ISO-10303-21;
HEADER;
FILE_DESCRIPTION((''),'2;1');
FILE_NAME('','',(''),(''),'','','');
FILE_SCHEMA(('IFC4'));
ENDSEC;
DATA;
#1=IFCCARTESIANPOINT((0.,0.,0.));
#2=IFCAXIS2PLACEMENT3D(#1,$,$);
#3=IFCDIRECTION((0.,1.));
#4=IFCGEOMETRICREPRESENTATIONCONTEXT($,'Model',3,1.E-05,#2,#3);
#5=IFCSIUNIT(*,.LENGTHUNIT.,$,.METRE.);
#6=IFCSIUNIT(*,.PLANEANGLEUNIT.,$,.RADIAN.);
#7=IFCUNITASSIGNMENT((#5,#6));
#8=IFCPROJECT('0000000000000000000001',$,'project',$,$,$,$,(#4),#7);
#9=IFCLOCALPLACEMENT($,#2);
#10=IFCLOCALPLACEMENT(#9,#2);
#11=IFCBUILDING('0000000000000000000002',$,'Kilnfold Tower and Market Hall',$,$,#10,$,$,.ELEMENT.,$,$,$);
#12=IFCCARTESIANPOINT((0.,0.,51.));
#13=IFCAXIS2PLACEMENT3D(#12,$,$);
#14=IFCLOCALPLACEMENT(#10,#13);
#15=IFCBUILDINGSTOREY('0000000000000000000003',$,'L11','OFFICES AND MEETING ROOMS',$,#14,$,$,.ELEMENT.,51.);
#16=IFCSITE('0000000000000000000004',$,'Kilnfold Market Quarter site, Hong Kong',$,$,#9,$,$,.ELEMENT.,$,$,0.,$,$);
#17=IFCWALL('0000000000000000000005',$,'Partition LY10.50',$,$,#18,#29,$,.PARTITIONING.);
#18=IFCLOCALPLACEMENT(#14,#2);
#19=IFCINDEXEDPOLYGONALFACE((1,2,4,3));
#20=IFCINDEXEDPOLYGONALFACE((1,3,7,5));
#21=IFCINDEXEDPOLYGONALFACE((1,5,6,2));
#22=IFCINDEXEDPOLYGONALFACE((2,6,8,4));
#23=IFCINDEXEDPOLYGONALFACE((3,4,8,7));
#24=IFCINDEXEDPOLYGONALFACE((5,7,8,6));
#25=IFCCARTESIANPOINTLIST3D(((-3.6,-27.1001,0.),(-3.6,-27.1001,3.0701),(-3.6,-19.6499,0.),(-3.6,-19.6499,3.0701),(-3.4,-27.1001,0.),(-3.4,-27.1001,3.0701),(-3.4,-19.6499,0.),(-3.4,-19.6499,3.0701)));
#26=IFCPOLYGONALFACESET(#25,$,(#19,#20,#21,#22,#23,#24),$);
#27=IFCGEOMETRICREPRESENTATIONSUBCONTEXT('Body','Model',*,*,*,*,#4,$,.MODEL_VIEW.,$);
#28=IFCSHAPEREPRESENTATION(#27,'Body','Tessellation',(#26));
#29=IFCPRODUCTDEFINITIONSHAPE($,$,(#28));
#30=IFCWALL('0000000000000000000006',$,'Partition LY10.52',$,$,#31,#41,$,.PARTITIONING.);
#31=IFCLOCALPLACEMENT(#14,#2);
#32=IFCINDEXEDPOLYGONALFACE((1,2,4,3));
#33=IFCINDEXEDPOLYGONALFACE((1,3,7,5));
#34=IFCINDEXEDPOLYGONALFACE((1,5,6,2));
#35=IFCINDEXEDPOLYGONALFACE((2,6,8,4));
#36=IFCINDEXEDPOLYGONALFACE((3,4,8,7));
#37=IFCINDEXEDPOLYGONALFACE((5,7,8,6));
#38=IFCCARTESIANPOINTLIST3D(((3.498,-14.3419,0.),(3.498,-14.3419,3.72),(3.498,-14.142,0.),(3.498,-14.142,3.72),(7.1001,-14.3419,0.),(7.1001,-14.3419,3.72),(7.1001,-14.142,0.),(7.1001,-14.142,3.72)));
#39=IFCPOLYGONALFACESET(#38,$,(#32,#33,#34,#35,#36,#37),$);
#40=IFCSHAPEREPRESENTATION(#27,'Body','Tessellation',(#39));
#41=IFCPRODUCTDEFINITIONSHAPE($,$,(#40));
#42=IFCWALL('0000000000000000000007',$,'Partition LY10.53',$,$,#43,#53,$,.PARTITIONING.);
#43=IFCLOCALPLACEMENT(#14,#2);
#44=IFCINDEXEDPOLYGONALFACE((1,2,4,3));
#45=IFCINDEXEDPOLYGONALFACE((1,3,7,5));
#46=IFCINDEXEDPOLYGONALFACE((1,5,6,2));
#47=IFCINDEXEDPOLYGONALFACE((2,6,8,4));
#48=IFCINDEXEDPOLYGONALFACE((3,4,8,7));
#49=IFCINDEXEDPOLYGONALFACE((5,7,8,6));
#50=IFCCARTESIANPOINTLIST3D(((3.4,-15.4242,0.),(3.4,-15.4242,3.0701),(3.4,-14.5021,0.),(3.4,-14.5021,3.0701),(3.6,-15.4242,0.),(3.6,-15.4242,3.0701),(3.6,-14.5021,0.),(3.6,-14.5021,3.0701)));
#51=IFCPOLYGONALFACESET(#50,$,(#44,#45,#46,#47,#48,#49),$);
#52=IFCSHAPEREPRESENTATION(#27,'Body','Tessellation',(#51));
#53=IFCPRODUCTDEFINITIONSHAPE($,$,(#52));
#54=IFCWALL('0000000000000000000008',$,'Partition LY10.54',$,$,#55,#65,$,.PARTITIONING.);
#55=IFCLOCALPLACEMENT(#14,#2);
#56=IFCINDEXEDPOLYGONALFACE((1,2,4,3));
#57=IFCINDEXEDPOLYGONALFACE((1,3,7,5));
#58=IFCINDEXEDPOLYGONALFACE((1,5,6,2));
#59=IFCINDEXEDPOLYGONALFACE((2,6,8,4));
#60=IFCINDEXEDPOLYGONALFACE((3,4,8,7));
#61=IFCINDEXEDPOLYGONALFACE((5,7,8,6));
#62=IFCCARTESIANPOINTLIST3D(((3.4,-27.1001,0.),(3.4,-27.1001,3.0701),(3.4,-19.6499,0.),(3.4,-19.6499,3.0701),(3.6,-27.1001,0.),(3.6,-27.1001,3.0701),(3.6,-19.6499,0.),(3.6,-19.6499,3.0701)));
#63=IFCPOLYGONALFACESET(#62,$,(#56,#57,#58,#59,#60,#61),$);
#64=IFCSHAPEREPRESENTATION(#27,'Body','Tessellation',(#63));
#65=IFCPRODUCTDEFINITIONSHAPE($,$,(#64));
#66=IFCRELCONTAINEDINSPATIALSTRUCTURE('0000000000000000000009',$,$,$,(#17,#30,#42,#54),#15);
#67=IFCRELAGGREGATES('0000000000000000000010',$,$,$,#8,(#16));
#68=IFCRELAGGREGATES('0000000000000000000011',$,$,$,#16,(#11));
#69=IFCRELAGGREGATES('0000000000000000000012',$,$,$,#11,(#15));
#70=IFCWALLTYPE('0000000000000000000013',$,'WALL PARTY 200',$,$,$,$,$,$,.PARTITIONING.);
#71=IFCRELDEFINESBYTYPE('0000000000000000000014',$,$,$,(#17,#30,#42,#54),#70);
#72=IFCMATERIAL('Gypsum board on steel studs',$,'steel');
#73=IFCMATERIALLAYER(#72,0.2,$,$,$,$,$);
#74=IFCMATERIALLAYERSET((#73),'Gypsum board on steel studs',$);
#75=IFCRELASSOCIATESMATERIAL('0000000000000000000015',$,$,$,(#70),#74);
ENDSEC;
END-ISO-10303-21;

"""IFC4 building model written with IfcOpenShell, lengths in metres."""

from ifc_helpers import new_model, si_unit, direction, frame, frame_2d, origin, place, context, subcontext, project, spatial, rectangle, extrude, material, layer, layer_set, type_object, element, save


model = new_model("IFC4")

# Units and contexts
model_context = context("Model", 3, precision=1e-05, world=origin(), true_north=direction((0.0, 1.0)))
body_context = subcontext(model_context, "Body", "Model", "MODEL_VIEW")
ifc_project = project(units=[si_unit("LENGTHUNIT", "METRE"), si_unit("PLANEANGLEUNIT", "RADIAN")], contexts=[model_context])

# Site, building, storey
site_placement = place(None, origin())
site = spatial("IfcSite", under=ifc_project, at=site_placement, Name="Kilnfold Market Quarter site, Hong Kong", CompositionType="ELEMENT", RefElevation=0.0)
building_placement = place(site_placement, origin())
building = spatial("IfcBuilding", under=site, at=building_placement, Name="Kilnfold Tower and Market Hall", CompositionType="ELEMENT")
storey_placement = place(building_placement, frame((0.0, 0.0, 51.0)))
storey = spatial("IfcBuildingStorey", under=building, at=storey_placement, Name="L11", Description="OFFICES AND MEETING ROOMS", CompositionType="ELEMENT", Elevation=51.0)

# Walls
ifc_material_1 = material(Name="Gypsum board on steel studs", Category="steel")
ifc_layer_1 = layer(ifc_material_1, 0.2)
ifc_layer_set_1 = layer_set([ifc_layer_1], Name="Gypsum board on steel studs")
wall_type_1 = type_object("IfcWallType", Name="WALL PARTY 200", PredefinedType="PARTITIONING", material=ifc_layer_set_1)
wall_1_placement = place(storey_placement, frame((-3.5, -27.1001, 0.0), z_axis=(0.0, 0.0, 1.0), x_axis=(0.0, 1.0, 0.0)))
element("IfcWall", 1, at=wall_1_placement, inside=storey, type_object=wall_type_1, Name="Partition LY10.50", PredefinedType="PARTITIONING", context=body_context, shape_type="SweptSolid", body=[
    extrude(rectangle(XDim=7.4502, YDim=0.2, at=frame_2d((3.7251, 0.0))), origin(), (0.0, 0.0, 1.0), 3.0701),
])
wall_2_placement = place(storey_placement, frame((3.498, -14.2419, 0.0), z_axis=(0.0, 0.0, 1.0), x_axis=(1.0, 0.0, 0.0)))
element("IfcWall", 2, at=wall_2_placement, inside=storey, type_object=wall_type_1, Name="Partition LY10.52", PredefinedType="PARTITIONING", context=body_context, shape_type="SweptSolid", body=[
    extrude(rectangle(XDim=3.6021, YDim=0.2, at=frame_2d((1.801, 0.0))), origin(), (0.0, 0.0, 1.0), 3.72),
])
wall_3_placement = place(storey_placement, frame((3.5, -15.4241, 0.0), z_axis=(0.0, 0.0, 1.0), x_axis=(0.0, 1.0, 0.0)))
element("IfcWall", 3, at=wall_3_placement, inside=storey, type_object=wall_type_1, Name="Partition LY10.53", PredefinedType="PARTITIONING", context=body_context, shape_type="SweptSolid", body=[
    extrude(rectangle(XDim=0.9221, YDim=0.2, at=frame_2d((0.4609, 0.0))), origin(), (0.0, 0.0, 1.0), 3.0701),
])
wall_4_placement = place(storey_placement, frame((3.5, -27.1001, 0.0), z_axis=(0.0, 0.0, 1.0), x_axis=(0.0, 1.0, 0.0)))
element("IfcWall", 4, at=wall_4_placement, inside=storey, type_object=wall_type_1, Name="Partition LY10.54", PredefinedType="PARTITIONING", context=body_context, shape_type="SweptSolid", body=[
    extrude(rectangle(XDim=7.4502, YDim=0.2, at=frame_2d((3.7251, 0.0))), origin(), (0.0, 0.0, 1.0), 3.0701),
])

save(model, "model.ifc")
